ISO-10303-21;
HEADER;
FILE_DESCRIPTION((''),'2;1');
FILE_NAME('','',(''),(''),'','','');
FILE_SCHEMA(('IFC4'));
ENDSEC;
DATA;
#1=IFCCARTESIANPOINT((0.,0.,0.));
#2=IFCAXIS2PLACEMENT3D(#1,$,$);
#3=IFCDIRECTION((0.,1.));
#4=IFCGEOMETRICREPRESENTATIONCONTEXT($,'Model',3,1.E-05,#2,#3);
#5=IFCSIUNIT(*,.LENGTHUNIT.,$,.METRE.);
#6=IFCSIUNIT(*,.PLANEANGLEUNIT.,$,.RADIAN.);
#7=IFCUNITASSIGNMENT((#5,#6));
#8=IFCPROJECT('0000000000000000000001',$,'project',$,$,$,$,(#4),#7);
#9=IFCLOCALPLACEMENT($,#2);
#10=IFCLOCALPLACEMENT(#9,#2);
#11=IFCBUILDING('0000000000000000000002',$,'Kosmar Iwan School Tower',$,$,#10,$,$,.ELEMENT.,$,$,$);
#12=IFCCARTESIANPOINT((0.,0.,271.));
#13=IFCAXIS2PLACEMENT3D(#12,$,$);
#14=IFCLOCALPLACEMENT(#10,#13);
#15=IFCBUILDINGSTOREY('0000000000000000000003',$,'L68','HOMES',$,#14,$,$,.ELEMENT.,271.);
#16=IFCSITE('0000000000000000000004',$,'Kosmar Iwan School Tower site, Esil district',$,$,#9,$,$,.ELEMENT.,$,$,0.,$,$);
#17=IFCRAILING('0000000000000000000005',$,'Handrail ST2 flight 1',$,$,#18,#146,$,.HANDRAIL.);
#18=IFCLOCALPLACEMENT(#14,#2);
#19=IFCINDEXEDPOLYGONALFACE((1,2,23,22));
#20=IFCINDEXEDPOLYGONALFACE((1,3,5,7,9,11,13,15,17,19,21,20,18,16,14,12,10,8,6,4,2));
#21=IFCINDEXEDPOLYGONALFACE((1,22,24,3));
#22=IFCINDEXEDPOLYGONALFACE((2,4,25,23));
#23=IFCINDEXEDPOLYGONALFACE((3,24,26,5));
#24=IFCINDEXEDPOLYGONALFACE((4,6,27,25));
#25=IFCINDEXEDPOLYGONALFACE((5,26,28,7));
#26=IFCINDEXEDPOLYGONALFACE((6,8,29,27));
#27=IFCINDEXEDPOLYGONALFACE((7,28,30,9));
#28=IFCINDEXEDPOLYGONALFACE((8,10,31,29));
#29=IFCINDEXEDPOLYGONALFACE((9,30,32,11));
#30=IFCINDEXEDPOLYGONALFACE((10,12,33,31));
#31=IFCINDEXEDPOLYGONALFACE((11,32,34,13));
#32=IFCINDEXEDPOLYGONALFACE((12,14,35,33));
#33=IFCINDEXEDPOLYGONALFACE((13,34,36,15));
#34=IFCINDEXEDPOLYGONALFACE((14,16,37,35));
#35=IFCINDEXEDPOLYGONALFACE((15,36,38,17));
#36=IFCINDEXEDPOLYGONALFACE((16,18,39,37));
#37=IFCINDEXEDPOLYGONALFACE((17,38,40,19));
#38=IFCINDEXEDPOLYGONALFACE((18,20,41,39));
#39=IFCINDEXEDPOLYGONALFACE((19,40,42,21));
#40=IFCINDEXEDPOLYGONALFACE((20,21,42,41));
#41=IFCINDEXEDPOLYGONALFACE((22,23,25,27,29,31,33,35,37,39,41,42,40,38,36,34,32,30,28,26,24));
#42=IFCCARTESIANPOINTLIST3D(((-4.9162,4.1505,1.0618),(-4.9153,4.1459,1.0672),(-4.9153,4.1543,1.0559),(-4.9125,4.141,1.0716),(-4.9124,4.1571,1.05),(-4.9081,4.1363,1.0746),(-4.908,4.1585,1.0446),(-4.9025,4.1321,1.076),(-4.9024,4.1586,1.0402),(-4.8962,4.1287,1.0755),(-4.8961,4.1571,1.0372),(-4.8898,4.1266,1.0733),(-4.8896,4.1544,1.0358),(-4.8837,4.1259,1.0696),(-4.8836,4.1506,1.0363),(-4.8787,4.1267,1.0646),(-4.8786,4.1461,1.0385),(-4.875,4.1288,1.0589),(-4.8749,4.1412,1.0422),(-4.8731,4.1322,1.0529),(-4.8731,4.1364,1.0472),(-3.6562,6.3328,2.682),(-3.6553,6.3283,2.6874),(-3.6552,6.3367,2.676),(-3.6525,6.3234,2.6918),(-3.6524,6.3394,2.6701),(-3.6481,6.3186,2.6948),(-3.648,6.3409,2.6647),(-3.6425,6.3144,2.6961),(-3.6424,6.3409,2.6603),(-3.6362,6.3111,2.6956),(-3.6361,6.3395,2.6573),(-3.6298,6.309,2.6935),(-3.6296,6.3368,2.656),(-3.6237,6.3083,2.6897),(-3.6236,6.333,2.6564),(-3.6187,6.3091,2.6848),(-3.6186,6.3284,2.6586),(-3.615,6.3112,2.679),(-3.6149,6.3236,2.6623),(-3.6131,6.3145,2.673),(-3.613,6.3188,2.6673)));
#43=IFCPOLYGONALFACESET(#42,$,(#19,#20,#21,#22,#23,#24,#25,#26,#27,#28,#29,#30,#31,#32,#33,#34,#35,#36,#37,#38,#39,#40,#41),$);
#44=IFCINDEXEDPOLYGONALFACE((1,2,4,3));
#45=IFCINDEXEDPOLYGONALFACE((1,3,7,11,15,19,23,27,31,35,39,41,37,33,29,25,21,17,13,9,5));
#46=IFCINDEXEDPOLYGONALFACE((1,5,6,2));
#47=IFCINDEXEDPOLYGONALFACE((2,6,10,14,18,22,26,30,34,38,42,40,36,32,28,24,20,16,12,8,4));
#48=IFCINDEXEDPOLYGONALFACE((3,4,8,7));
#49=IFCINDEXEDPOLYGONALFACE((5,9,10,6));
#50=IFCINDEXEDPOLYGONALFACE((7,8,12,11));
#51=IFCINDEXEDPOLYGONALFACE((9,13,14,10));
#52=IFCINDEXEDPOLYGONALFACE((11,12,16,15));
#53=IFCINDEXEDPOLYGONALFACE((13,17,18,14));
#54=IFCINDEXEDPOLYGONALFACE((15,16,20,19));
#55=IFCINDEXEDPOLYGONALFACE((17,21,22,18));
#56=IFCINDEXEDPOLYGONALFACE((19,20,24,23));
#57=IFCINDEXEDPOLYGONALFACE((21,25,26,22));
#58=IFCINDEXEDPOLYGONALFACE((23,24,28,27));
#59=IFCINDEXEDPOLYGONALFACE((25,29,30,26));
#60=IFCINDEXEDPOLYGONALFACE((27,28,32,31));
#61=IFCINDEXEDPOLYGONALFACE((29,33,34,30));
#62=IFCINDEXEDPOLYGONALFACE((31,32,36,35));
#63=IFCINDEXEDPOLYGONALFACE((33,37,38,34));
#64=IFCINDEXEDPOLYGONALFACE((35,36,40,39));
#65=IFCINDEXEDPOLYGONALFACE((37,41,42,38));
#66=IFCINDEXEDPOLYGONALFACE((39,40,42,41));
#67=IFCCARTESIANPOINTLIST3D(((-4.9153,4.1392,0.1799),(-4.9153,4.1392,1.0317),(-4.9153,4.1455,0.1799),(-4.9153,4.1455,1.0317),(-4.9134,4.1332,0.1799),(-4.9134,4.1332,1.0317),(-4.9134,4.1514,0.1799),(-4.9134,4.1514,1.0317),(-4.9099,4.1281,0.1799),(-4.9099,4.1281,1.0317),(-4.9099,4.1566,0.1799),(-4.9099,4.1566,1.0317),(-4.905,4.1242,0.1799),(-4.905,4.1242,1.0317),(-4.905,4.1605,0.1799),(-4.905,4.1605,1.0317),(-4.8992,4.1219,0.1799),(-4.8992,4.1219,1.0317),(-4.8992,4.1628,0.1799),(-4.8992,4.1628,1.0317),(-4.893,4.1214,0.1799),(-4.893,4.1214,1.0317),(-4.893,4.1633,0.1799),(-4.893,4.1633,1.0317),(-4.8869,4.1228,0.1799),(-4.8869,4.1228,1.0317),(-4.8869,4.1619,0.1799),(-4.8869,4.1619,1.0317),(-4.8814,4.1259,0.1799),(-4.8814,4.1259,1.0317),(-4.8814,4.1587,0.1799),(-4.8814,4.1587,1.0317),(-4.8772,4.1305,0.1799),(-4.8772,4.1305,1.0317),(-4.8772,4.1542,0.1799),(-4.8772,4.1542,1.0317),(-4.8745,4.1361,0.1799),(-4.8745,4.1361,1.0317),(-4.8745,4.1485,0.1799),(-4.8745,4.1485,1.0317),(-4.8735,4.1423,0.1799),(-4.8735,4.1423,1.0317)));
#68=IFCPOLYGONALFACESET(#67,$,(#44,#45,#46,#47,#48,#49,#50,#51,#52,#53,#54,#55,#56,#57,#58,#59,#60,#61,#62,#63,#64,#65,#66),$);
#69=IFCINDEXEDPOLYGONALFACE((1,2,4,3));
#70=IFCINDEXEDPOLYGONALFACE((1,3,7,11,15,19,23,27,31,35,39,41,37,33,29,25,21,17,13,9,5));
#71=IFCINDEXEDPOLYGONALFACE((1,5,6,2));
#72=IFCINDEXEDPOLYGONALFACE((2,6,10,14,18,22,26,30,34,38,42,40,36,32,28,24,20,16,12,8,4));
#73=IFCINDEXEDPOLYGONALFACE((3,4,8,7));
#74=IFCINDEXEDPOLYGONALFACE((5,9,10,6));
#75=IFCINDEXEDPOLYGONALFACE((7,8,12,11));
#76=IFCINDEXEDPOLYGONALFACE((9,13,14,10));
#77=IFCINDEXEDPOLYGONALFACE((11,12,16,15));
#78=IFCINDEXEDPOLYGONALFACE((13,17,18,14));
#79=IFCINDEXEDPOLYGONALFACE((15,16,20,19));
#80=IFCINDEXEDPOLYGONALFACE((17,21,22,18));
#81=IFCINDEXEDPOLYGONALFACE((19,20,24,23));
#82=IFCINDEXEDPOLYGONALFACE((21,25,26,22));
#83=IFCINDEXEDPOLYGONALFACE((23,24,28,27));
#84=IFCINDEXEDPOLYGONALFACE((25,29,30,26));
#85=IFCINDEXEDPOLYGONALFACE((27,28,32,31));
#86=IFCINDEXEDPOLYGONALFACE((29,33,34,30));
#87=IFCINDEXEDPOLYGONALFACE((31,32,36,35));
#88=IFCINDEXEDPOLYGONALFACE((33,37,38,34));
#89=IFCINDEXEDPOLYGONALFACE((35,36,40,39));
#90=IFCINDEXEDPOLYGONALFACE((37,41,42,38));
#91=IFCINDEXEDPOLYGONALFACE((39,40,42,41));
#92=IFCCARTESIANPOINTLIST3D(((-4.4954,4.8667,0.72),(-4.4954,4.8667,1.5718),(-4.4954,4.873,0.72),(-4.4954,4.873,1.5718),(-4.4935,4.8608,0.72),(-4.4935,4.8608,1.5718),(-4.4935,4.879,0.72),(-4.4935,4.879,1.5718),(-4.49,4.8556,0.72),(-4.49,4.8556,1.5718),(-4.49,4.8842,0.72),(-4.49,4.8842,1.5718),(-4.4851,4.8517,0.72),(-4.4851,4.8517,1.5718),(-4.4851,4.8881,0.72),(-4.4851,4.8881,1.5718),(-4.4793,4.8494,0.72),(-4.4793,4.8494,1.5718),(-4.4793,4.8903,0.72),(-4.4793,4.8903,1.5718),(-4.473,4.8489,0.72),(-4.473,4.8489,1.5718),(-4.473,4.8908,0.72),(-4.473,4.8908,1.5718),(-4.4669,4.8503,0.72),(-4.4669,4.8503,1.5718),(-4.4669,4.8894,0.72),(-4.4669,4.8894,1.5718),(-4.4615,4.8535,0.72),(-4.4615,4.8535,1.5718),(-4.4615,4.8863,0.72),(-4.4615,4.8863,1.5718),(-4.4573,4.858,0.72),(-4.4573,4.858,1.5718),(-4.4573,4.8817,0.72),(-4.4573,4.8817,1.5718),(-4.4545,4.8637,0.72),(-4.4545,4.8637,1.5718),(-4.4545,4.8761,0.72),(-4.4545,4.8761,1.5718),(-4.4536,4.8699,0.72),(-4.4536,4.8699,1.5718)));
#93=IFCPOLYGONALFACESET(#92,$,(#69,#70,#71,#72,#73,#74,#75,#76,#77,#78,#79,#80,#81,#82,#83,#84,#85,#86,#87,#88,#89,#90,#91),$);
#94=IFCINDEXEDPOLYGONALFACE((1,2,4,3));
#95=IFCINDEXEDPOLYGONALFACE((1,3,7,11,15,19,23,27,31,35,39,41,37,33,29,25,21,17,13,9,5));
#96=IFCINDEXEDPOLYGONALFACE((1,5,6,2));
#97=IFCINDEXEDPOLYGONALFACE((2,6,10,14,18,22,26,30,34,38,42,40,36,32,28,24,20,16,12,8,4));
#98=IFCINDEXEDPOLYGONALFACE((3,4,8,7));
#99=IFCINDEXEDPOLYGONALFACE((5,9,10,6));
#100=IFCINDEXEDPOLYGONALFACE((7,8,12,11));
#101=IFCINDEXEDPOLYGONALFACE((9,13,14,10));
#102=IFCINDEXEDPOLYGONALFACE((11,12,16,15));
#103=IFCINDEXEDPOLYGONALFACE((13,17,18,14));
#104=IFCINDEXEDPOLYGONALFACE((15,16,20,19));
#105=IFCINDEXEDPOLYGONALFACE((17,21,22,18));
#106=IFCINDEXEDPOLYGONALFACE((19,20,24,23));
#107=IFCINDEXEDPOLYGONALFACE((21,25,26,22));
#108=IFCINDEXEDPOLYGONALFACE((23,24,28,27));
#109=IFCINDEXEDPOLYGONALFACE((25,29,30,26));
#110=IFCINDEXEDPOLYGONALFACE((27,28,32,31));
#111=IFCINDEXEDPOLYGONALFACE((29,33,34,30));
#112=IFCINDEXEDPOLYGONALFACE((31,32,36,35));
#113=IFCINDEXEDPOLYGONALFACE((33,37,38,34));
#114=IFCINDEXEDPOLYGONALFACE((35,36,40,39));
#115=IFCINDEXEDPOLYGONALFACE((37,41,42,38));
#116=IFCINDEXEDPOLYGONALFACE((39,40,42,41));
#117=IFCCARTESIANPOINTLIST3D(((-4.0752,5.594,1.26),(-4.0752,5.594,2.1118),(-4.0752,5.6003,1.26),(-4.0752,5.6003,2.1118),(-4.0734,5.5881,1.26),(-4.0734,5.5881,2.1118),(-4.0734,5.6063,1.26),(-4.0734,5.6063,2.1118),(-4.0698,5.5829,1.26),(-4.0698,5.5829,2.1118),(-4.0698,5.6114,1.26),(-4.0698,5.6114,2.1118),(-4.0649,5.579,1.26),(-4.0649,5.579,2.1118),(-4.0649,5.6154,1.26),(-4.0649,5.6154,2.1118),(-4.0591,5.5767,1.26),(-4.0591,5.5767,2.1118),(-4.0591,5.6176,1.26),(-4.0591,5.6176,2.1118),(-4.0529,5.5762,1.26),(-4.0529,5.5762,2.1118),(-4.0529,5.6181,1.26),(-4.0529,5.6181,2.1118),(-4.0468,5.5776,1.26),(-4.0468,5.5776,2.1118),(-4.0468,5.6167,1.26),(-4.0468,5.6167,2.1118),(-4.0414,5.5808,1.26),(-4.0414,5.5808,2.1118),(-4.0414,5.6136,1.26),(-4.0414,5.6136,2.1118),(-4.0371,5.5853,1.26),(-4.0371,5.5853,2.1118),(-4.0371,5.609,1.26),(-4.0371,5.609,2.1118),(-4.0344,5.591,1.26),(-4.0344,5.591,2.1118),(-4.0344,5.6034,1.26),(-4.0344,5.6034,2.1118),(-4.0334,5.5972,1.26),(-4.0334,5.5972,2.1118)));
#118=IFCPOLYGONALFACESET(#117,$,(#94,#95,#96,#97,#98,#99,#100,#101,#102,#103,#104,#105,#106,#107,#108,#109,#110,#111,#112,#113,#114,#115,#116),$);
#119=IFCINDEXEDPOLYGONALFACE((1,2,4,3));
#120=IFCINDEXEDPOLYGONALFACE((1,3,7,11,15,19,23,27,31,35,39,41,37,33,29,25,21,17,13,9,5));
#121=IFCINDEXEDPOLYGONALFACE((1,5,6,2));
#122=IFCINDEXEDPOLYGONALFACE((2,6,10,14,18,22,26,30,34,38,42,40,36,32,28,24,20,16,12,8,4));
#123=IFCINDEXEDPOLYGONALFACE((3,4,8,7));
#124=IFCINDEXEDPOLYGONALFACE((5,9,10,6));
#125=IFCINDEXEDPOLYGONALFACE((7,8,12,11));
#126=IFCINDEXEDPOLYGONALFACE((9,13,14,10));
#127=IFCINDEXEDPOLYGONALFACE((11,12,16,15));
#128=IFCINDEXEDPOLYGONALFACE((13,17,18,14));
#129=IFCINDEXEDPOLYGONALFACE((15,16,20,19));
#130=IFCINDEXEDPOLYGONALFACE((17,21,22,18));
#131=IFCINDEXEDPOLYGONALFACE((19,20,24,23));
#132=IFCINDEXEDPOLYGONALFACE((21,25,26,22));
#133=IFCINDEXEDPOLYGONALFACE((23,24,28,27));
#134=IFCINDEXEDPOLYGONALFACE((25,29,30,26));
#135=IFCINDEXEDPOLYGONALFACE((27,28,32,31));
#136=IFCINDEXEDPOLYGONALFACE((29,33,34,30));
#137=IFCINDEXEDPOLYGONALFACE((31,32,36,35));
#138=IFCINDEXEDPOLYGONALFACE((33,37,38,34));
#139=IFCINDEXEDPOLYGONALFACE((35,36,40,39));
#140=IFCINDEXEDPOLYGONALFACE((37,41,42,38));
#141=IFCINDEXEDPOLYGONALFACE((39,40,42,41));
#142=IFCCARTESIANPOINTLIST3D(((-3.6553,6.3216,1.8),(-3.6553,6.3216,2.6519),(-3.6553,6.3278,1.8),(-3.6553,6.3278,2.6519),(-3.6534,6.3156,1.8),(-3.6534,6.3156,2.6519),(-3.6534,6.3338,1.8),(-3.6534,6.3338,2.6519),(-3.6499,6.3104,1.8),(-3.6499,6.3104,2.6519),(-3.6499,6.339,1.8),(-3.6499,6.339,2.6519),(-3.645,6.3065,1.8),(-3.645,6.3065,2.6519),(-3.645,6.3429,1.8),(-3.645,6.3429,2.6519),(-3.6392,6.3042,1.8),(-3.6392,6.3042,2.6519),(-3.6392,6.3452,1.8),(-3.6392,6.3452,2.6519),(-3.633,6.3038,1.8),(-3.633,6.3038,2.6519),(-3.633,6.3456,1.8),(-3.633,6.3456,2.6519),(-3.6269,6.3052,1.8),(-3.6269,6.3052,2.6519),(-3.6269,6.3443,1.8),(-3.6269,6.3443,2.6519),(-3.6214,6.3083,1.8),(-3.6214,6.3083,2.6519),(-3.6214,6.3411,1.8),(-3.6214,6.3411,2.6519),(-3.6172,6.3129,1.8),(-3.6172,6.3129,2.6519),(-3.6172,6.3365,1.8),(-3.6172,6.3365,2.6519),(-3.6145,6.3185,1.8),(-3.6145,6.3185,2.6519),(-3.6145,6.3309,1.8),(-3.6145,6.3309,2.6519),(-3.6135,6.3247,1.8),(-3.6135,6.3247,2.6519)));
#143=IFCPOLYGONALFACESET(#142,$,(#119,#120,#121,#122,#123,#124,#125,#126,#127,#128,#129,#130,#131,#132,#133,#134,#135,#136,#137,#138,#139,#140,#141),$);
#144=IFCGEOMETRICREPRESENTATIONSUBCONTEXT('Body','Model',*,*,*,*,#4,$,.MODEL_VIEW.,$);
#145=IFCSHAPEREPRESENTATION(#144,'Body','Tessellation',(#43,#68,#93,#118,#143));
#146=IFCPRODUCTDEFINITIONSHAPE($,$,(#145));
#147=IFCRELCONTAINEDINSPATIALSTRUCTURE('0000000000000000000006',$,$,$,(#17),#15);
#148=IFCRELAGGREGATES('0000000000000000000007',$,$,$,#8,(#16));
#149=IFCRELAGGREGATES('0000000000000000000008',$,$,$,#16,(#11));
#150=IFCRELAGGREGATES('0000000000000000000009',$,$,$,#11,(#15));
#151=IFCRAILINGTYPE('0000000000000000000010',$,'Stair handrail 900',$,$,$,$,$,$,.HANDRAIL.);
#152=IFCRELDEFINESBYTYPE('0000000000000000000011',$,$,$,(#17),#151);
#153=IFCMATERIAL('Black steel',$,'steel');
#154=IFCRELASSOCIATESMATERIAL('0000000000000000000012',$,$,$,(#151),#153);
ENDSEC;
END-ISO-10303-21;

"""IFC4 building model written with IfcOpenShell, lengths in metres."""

from ifc_helpers import new_model, si_unit, direction, frame, origin, origin_2d, place, context, subcontext, project, spatial, circle, extrude, material, type_object, element, save


model = new_model("IFC4")

# Units and contexts
model_context = context("Model", 3, precision=1e-05, world=origin(), true_north=direction((0.0, 1.0)))
body_context = subcontext(model_context, "Body", "Model", "MODEL_VIEW")
ifc_project = project(units=[si_unit("LENGTHUNIT", "METRE"), si_unit("PLANEANGLEUNIT", "RADIAN")], contexts=[model_context])

# Site, building, storey
site_placement = place(None, origin())
site = spatial("IfcSite", under=ifc_project, at=site_placement, Name="Kosmar Iwan School Tower site, Esil district", CompositionType="ELEMENT", RefElevation=0.0)
building_placement = place(site_placement, origin())
building = spatial("IfcBuilding", under=site, at=building_placement, Name="Kosmar Iwan School Tower", CompositionType="ELEMENT")
storey_placement = place(building_placement, frame((0.0, 0.0, 271.0)))
storey = spatial("IfcBuildingStorey", under=building, at=storey_placement, Name="L68", Description="HOMES", CompositionType="ELEMENT", Elevation=271.0)

# Railing
ifc_material_1 = material(Name="Black steel", Category="steel")
railing_type = type_object("IfcRailingType", Name="Stair handrail 900", PredefinedType="HANDRAIL", material=ifc_material_1)
railing_1_placement = place(storey_placement, frame((-4.8945, 4.1423, 0.1799)))
element("IfcRailing", 1, at=railing_1_placement, inside=storey, type_object=railing_type, Name="Handrail ST2 flight 1", PredefinedType="HANDRAIL", context=body_context, shape_type="SweptSolid", body=[
    extrude(circle(Radius=0.0239, at=origin_2d()), frame((0.0, 0.0, 0.876), z_axis=(0.420584, 0.728464, 0.540786), x_axis=(-0.866023, 0.500005, 0.0)), (0.0, 0.0, 1.0), 2.9958),
    extrude(circle(Radius=0.021, at=origin_2d()), origin(), (0.0, 0.0, 1.0), 0.8518),
    extrude(circle(Radius=0.021, at=origin_2d()), frame((0.4199, 0.7275, 0.54)), (0.0, 0.0, 1.0), 0.8518),
    extrude(circle(Radius=0.021, at=origin_2d()), frame((0.8401, 1.4548, 1.0801)), (0.0, 0.0, 1.0), 0.8518),
    extrude(circle(Radius=0.021, at=origin_2d()), frame((1.26, 2.1824, 1.6201)), (0.0, 0.0, 1.0), 0.8518),
])

save(model, "model.ifc")
